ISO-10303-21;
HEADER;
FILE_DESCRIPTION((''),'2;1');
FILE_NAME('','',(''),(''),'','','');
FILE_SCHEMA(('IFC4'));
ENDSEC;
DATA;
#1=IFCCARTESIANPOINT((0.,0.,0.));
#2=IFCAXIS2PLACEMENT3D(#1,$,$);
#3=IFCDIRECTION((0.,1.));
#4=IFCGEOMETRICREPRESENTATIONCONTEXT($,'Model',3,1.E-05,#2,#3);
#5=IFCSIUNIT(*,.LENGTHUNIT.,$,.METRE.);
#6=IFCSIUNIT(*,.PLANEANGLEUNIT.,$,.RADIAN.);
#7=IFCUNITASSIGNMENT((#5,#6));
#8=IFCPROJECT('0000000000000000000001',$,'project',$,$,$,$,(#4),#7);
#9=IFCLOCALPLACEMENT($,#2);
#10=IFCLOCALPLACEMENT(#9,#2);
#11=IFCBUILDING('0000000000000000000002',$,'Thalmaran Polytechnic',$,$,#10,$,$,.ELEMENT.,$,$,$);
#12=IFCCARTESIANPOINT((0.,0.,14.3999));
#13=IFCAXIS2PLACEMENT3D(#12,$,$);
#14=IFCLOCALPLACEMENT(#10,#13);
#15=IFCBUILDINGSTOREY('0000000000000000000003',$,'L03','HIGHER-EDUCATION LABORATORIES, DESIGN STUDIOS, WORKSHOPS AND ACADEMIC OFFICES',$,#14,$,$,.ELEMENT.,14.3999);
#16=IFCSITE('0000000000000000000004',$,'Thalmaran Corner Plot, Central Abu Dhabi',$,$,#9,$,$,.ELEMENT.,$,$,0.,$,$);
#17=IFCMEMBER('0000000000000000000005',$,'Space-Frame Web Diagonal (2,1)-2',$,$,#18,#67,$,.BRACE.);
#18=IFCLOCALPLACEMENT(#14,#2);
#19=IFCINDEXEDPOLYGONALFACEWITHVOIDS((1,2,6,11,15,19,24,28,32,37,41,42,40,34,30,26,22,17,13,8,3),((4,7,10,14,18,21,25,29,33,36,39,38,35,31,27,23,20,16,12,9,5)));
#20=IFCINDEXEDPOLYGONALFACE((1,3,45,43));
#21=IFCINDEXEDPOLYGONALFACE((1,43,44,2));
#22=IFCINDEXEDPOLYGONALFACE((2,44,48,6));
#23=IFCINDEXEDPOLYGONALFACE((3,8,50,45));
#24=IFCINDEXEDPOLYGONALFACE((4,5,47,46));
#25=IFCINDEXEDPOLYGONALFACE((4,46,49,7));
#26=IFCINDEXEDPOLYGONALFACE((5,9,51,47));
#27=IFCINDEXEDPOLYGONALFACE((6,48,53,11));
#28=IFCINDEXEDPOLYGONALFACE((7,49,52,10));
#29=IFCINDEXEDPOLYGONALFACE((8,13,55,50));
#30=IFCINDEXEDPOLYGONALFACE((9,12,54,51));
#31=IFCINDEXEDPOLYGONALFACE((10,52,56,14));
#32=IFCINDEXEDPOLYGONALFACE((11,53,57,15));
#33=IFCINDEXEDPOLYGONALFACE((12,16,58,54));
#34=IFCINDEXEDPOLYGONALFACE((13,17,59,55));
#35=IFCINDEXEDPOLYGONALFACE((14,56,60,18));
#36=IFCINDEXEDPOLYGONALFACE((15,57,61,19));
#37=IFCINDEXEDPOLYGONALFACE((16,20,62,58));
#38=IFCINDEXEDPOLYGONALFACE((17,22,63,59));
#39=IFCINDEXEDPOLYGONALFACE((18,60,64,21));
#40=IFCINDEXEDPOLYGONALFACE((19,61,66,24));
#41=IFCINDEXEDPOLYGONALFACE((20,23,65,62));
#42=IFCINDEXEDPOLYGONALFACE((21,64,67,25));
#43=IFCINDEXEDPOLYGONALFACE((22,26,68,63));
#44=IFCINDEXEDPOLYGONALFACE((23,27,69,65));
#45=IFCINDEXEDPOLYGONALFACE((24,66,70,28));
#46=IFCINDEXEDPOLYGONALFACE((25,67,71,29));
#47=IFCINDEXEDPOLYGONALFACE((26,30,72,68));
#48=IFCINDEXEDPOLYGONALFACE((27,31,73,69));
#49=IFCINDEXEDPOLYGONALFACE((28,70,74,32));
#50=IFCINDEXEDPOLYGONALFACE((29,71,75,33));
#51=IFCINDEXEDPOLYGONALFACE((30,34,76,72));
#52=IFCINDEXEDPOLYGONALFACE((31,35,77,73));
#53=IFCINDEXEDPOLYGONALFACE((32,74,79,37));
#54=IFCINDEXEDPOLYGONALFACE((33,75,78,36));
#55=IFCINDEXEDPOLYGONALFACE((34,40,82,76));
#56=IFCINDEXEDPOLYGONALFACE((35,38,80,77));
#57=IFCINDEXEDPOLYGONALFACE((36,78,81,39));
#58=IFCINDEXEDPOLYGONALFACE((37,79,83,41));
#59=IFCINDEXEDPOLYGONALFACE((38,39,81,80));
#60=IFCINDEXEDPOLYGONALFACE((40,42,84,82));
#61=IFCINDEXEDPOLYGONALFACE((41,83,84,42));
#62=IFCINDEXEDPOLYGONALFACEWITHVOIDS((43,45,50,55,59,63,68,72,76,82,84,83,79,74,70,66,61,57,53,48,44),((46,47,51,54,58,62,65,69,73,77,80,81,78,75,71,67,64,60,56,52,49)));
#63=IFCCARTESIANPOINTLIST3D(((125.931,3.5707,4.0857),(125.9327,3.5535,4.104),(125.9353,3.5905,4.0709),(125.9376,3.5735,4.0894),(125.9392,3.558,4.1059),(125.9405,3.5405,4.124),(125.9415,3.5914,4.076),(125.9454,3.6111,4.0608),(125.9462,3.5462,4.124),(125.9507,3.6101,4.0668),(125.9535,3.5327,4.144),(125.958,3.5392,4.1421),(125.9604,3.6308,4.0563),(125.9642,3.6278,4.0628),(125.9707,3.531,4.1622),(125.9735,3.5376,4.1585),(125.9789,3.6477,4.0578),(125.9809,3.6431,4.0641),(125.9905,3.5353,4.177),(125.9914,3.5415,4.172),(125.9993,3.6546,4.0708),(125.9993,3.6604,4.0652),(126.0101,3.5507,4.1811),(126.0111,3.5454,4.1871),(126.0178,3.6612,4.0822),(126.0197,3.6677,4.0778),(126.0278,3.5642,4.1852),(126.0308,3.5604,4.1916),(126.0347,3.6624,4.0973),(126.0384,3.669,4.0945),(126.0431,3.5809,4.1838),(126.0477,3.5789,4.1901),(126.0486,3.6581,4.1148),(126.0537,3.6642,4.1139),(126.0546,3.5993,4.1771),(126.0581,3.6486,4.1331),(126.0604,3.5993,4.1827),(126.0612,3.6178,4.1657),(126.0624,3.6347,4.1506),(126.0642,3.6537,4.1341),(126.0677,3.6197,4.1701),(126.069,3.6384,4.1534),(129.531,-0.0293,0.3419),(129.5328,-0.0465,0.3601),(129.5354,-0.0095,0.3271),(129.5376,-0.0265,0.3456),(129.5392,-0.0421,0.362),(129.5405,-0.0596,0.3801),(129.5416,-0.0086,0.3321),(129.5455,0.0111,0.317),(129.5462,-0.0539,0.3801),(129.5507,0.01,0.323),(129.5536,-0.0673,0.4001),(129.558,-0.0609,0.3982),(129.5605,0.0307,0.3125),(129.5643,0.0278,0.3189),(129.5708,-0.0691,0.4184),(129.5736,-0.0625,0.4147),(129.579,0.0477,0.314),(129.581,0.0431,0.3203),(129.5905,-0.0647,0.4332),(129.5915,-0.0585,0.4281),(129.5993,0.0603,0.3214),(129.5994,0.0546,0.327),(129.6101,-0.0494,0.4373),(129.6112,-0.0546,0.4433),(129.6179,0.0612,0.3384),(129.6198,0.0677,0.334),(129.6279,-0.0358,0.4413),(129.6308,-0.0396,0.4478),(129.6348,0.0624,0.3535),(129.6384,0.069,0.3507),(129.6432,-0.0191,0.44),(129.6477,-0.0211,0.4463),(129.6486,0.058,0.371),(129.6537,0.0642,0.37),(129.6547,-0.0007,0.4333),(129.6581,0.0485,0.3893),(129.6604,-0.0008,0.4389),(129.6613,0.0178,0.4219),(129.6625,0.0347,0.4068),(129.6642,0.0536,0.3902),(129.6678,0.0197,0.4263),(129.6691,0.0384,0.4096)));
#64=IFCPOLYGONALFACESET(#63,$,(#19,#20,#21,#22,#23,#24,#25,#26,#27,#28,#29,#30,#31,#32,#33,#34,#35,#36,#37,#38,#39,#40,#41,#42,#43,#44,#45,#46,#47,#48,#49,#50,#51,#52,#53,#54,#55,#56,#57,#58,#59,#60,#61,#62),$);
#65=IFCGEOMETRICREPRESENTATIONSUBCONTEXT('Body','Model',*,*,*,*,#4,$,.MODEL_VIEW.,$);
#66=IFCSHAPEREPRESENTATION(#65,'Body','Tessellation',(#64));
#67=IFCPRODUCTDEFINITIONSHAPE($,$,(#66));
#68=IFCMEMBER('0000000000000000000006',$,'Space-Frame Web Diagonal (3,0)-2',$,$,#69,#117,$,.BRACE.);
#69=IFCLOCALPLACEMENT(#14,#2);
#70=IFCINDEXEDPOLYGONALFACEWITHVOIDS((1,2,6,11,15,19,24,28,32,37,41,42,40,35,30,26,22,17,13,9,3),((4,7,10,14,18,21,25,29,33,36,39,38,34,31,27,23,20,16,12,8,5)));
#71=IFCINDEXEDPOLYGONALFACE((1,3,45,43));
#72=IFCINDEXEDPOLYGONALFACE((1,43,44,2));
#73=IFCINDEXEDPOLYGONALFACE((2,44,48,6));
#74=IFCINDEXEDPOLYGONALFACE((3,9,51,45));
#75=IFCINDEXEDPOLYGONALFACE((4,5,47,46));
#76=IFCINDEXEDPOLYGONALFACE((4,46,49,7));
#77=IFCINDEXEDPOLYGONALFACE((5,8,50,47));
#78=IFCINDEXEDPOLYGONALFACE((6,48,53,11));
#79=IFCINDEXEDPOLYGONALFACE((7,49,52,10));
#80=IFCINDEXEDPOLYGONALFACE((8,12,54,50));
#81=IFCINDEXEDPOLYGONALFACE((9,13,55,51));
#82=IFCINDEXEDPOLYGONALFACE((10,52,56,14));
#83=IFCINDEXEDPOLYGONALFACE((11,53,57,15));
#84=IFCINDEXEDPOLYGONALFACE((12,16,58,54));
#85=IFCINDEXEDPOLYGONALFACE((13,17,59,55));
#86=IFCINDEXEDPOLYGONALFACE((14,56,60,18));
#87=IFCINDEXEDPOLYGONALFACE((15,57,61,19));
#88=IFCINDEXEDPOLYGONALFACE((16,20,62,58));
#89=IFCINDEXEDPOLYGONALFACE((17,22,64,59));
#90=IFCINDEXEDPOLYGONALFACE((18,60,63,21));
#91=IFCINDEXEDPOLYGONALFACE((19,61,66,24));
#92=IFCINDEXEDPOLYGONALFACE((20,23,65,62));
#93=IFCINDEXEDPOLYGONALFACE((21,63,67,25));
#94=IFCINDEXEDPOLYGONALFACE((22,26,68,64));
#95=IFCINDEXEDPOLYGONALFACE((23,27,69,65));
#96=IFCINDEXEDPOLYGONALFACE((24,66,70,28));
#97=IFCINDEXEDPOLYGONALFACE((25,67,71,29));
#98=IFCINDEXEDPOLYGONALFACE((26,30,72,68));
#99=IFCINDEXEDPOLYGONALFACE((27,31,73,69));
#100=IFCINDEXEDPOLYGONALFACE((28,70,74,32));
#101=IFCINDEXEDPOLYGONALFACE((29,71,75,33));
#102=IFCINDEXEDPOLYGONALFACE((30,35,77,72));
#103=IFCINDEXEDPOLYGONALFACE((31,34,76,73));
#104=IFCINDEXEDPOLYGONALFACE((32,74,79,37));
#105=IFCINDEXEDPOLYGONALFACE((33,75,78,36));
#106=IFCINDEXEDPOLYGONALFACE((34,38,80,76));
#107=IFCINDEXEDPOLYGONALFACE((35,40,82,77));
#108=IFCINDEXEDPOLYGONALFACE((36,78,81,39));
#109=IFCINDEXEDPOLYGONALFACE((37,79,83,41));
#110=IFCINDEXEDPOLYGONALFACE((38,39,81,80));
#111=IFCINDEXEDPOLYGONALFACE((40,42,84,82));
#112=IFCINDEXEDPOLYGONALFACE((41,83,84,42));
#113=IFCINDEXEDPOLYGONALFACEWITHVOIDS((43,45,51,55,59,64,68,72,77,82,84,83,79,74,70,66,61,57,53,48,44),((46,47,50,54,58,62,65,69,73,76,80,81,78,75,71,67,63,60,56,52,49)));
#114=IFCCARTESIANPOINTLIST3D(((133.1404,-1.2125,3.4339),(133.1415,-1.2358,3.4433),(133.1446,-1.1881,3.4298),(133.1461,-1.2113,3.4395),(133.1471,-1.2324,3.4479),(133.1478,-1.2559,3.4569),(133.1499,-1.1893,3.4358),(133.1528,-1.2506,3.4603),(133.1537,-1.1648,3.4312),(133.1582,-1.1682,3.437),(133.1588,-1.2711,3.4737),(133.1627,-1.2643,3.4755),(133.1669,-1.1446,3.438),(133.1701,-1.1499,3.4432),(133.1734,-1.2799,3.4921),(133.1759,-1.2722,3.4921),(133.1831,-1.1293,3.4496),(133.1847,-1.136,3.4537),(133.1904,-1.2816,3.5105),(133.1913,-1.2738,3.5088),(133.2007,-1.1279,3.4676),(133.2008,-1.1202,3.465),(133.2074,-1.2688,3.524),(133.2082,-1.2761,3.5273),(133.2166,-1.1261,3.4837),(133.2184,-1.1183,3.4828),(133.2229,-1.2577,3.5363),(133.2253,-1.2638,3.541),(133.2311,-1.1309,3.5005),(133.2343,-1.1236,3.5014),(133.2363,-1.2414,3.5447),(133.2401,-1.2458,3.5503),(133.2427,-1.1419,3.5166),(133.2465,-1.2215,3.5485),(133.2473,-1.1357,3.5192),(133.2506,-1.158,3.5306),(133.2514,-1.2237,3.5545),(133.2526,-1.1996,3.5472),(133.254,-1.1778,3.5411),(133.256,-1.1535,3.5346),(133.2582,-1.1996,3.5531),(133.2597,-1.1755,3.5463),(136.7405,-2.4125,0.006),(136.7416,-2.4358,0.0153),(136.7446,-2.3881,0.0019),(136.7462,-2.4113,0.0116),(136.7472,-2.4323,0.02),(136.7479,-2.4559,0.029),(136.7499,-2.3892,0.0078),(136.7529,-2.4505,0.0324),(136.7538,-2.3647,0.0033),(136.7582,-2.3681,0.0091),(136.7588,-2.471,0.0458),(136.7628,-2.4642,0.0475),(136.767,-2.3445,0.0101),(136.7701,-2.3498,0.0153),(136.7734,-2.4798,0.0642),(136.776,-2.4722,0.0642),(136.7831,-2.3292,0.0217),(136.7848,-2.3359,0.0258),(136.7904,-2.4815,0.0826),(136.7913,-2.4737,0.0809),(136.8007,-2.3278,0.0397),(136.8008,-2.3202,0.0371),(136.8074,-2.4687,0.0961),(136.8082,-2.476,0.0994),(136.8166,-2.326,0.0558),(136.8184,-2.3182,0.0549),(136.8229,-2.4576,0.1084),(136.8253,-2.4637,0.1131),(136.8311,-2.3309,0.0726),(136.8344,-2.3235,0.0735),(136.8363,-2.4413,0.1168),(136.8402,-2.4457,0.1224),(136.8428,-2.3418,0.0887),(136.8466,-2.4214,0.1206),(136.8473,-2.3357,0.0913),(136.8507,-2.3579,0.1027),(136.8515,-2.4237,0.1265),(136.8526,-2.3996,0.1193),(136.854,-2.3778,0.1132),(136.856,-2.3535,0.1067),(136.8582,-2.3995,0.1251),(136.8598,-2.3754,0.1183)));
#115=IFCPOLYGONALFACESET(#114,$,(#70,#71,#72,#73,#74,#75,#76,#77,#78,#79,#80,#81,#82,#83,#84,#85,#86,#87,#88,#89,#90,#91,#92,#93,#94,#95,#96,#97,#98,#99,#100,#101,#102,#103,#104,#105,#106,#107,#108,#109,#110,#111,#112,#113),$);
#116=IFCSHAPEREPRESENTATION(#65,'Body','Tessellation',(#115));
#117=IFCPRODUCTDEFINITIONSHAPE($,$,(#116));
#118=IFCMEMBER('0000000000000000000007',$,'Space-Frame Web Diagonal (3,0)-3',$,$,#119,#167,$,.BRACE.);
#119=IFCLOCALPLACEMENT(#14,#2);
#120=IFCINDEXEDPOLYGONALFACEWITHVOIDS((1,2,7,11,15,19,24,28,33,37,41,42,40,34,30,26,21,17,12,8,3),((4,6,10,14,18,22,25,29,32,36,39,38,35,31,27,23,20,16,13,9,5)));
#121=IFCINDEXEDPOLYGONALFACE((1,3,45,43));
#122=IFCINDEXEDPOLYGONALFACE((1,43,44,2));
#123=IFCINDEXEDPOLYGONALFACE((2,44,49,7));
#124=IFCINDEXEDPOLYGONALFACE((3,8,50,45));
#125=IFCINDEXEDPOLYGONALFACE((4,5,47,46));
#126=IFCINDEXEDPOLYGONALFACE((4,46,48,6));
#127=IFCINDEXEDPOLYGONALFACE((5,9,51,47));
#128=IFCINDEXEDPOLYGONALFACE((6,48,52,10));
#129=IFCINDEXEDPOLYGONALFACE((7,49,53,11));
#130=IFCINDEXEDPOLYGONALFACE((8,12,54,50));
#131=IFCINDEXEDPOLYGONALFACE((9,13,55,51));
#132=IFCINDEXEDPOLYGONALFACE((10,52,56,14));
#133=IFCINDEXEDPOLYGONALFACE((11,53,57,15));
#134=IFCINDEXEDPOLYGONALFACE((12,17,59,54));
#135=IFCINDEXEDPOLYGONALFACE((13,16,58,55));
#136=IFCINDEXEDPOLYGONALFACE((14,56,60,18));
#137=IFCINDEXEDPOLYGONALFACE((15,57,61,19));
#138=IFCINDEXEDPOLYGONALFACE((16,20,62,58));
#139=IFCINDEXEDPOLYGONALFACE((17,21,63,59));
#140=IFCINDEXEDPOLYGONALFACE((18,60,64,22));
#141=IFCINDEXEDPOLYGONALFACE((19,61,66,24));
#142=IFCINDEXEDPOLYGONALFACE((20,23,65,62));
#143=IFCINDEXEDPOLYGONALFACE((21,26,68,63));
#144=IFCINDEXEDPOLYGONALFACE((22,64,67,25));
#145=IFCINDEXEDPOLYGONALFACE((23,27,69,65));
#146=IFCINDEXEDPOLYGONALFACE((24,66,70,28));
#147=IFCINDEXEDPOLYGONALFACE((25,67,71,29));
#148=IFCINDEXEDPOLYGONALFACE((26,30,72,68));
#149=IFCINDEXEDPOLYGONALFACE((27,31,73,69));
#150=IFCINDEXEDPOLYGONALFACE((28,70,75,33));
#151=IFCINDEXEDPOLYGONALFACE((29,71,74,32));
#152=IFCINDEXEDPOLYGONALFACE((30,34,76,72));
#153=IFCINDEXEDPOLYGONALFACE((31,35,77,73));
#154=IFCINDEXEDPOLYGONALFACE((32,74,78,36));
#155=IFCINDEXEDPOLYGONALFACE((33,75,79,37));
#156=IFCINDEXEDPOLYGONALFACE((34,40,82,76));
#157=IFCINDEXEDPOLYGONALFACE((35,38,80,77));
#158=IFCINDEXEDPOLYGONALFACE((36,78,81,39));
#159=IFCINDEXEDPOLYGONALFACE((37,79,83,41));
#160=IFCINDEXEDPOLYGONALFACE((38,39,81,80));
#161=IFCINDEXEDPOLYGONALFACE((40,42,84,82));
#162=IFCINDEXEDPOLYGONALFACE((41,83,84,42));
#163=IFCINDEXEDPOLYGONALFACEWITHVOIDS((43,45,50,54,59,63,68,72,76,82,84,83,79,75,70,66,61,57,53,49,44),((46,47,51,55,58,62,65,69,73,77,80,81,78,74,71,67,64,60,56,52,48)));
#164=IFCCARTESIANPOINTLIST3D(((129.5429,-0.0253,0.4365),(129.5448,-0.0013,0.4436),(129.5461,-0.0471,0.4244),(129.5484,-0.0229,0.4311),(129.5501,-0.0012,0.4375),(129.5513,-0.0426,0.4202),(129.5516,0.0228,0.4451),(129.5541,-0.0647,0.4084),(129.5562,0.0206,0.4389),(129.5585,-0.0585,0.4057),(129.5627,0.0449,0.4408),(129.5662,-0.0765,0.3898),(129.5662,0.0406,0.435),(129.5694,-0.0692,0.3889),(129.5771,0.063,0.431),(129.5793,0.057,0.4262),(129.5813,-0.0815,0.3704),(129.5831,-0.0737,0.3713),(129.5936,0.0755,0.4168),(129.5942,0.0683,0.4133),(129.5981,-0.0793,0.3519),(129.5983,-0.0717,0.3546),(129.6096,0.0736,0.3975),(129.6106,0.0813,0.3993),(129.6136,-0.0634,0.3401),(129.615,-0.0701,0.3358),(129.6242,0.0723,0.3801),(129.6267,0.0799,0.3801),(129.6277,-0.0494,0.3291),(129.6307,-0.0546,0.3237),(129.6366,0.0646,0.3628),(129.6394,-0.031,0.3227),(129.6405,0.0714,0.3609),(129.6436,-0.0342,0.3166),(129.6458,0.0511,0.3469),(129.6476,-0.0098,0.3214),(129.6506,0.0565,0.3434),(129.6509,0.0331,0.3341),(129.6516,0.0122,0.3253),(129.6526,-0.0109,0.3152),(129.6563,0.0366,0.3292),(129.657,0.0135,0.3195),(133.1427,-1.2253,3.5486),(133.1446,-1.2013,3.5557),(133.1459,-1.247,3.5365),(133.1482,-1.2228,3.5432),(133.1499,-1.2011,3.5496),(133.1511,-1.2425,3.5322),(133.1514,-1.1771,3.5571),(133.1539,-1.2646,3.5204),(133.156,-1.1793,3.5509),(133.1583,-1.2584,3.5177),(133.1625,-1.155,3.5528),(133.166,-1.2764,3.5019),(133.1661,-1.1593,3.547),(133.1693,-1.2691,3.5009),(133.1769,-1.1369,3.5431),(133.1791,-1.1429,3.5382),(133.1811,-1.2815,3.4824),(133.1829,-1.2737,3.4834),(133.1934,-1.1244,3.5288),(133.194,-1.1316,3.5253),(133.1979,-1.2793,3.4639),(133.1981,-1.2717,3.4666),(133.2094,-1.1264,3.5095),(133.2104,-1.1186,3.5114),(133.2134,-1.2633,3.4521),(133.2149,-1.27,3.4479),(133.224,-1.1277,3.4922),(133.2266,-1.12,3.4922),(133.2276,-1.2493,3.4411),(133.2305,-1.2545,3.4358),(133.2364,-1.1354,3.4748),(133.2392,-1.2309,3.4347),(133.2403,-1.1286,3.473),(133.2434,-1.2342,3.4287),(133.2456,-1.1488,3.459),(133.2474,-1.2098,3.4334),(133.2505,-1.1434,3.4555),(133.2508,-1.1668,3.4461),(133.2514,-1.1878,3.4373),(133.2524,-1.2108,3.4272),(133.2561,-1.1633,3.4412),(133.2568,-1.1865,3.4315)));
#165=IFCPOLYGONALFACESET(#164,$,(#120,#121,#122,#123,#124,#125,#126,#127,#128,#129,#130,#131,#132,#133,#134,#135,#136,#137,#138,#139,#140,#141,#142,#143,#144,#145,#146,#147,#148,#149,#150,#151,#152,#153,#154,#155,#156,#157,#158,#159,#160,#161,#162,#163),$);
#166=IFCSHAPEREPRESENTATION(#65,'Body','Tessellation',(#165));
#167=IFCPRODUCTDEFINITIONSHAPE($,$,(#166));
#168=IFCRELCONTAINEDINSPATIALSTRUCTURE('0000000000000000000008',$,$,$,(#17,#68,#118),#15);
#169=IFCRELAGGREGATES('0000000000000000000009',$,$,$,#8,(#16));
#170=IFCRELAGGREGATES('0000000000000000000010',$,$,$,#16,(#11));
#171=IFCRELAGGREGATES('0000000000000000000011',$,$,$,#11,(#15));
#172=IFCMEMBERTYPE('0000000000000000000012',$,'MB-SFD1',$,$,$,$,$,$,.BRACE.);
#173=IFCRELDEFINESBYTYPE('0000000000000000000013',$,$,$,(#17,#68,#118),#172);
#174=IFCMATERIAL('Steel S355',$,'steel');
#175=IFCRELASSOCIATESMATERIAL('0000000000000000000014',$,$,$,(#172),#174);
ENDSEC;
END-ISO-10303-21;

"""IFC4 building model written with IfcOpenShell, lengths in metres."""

from ifc_helpers import new_model, si_unit, direction, frame, origin, origin_2d, place, context, subcontext, project, spatial, hollow_circle, extrude, material, material_profile, profile_set, type_object, element, save


model = new_model("IFC4")

# Units and contexts
model_context = context("Model", 3, precision=1e-05, world=origin(), true_north=direction((0.0, 1.0)))
body_context = subcontext(model_context, "Body", "Model", "MODEL_VIEW")
ifc_project = project(units=[si_unit("LENGTHUNIT", "METRE"), si_unit("PLANEANGLEUNIT", "RADIAN")], contexts=[model_context])

# Site, building, storey
site_placement = place(None, origin())
site = spatial("IfcSite", under=ifc_project, at=site_placement, Name="Thalmaran Corner Plot, Central Abu Dhabi", CompositionType="ELEMENT", RefElevation=0.0)
building_placement = place(site_placement, origin())
building = spatial("IfcBuilding", under=site, at=building_placement, Name="Thalmaran Polytechnic", CompositionType="ELEMENT")
storey_placement = place(building_placement, frame((0.0, 0.0, 14.3999)))
storey = spatial("IfcBuildingStorey", under=building, at=storey_placement, Name="L03", Description="HIGHER-EDUCATION LABORATORIES, DESIGN STUDIOS, WORKSHOPS AND ACADEMIC OFFICES", CompositionType="ELEMENT", Elevation=14.3999)

# Shared definitions
ifc_material_1 = material(Name="Steel S355", Category="steel")

# Members
ifc_material_profile_1 = material_profile(ifc_material_1, hollow_circle(Radius=0.0842, WallThickness=0.0081, at=origin_2d()), Name="CHS 168.3x8.0")
ifc_profile_set_1 = profile_set([ifc_material_profile_1], Name="Steel S355")
member_type_1 = type_object("IfcMemberType", Name="MB-SFD1", PredefinedType="BRACE", material=ifc_profile_set_1)
member_1_placement = place(storey_placement, frame((129.6001, 0.0, 0.3801), z_axis=(-0.569666, 0.569666, 0.59242), x_axis=(-0.707107, -0.707107, 0.0)))
element("IfcMember", 1, at=member_1_placement, inside=storey, type_object=member_type_1, Name="Space-Frame Web Diagonal (2,1)-2", PredefinedType="BRACE", context=body_context, shape_type="SweptSolid", body=[
    extrude(hollow_circle(Radius=0.0842, WallThickness=0.0081, at=origin_2d()), origin(), (0.0, 0.0, 1.0), 6.3196),
])
member_2_placement = place(storey_placement, frame((136.8, -2.3999, 0.0642), z_axis=(-0.703988, 0.234647, 0.67033), x_axis=(-0.316208, -0.94869, 0.0)))
element("IfcMember", 2, at=member_2_placement, inside=storey, type_object=member_type_1, Name="Space-Frame Web Diagonal (3,0)-2", PredefinedType="BRACE", context=body_context, shape_type="SweptSolid", body=[
    extrude(hollow_circle(Radius=0.0842, WallThickness=0.0081, at=origin_2d()), origin(), (0.0, 0.0, 1.0), 5.1138),
])
member_3_placement = place(storey_placement, frame((129.6001, 0.0, 0.3801), z_axis=(0.733538, -0.244513, 0.634141), x_axis=(0.316228, 0.948683, 0.0)))
element("IfcMember", 3, at=member_3_placement, inside=storey, type_object=member_type_1, Name="Space-Frame Web Diagonal (3,0)-3", PredefinedType="BRACE", context=body_context, shape_type="SweptSolid", body=[
    extrude(hollow_circle(Radius=0.0842, WallThickness=0.0081, at=origin_2d()), origin(), (0.0, 0.0, 1.0), 4.9075),
])

save(model, "model.ifc")
